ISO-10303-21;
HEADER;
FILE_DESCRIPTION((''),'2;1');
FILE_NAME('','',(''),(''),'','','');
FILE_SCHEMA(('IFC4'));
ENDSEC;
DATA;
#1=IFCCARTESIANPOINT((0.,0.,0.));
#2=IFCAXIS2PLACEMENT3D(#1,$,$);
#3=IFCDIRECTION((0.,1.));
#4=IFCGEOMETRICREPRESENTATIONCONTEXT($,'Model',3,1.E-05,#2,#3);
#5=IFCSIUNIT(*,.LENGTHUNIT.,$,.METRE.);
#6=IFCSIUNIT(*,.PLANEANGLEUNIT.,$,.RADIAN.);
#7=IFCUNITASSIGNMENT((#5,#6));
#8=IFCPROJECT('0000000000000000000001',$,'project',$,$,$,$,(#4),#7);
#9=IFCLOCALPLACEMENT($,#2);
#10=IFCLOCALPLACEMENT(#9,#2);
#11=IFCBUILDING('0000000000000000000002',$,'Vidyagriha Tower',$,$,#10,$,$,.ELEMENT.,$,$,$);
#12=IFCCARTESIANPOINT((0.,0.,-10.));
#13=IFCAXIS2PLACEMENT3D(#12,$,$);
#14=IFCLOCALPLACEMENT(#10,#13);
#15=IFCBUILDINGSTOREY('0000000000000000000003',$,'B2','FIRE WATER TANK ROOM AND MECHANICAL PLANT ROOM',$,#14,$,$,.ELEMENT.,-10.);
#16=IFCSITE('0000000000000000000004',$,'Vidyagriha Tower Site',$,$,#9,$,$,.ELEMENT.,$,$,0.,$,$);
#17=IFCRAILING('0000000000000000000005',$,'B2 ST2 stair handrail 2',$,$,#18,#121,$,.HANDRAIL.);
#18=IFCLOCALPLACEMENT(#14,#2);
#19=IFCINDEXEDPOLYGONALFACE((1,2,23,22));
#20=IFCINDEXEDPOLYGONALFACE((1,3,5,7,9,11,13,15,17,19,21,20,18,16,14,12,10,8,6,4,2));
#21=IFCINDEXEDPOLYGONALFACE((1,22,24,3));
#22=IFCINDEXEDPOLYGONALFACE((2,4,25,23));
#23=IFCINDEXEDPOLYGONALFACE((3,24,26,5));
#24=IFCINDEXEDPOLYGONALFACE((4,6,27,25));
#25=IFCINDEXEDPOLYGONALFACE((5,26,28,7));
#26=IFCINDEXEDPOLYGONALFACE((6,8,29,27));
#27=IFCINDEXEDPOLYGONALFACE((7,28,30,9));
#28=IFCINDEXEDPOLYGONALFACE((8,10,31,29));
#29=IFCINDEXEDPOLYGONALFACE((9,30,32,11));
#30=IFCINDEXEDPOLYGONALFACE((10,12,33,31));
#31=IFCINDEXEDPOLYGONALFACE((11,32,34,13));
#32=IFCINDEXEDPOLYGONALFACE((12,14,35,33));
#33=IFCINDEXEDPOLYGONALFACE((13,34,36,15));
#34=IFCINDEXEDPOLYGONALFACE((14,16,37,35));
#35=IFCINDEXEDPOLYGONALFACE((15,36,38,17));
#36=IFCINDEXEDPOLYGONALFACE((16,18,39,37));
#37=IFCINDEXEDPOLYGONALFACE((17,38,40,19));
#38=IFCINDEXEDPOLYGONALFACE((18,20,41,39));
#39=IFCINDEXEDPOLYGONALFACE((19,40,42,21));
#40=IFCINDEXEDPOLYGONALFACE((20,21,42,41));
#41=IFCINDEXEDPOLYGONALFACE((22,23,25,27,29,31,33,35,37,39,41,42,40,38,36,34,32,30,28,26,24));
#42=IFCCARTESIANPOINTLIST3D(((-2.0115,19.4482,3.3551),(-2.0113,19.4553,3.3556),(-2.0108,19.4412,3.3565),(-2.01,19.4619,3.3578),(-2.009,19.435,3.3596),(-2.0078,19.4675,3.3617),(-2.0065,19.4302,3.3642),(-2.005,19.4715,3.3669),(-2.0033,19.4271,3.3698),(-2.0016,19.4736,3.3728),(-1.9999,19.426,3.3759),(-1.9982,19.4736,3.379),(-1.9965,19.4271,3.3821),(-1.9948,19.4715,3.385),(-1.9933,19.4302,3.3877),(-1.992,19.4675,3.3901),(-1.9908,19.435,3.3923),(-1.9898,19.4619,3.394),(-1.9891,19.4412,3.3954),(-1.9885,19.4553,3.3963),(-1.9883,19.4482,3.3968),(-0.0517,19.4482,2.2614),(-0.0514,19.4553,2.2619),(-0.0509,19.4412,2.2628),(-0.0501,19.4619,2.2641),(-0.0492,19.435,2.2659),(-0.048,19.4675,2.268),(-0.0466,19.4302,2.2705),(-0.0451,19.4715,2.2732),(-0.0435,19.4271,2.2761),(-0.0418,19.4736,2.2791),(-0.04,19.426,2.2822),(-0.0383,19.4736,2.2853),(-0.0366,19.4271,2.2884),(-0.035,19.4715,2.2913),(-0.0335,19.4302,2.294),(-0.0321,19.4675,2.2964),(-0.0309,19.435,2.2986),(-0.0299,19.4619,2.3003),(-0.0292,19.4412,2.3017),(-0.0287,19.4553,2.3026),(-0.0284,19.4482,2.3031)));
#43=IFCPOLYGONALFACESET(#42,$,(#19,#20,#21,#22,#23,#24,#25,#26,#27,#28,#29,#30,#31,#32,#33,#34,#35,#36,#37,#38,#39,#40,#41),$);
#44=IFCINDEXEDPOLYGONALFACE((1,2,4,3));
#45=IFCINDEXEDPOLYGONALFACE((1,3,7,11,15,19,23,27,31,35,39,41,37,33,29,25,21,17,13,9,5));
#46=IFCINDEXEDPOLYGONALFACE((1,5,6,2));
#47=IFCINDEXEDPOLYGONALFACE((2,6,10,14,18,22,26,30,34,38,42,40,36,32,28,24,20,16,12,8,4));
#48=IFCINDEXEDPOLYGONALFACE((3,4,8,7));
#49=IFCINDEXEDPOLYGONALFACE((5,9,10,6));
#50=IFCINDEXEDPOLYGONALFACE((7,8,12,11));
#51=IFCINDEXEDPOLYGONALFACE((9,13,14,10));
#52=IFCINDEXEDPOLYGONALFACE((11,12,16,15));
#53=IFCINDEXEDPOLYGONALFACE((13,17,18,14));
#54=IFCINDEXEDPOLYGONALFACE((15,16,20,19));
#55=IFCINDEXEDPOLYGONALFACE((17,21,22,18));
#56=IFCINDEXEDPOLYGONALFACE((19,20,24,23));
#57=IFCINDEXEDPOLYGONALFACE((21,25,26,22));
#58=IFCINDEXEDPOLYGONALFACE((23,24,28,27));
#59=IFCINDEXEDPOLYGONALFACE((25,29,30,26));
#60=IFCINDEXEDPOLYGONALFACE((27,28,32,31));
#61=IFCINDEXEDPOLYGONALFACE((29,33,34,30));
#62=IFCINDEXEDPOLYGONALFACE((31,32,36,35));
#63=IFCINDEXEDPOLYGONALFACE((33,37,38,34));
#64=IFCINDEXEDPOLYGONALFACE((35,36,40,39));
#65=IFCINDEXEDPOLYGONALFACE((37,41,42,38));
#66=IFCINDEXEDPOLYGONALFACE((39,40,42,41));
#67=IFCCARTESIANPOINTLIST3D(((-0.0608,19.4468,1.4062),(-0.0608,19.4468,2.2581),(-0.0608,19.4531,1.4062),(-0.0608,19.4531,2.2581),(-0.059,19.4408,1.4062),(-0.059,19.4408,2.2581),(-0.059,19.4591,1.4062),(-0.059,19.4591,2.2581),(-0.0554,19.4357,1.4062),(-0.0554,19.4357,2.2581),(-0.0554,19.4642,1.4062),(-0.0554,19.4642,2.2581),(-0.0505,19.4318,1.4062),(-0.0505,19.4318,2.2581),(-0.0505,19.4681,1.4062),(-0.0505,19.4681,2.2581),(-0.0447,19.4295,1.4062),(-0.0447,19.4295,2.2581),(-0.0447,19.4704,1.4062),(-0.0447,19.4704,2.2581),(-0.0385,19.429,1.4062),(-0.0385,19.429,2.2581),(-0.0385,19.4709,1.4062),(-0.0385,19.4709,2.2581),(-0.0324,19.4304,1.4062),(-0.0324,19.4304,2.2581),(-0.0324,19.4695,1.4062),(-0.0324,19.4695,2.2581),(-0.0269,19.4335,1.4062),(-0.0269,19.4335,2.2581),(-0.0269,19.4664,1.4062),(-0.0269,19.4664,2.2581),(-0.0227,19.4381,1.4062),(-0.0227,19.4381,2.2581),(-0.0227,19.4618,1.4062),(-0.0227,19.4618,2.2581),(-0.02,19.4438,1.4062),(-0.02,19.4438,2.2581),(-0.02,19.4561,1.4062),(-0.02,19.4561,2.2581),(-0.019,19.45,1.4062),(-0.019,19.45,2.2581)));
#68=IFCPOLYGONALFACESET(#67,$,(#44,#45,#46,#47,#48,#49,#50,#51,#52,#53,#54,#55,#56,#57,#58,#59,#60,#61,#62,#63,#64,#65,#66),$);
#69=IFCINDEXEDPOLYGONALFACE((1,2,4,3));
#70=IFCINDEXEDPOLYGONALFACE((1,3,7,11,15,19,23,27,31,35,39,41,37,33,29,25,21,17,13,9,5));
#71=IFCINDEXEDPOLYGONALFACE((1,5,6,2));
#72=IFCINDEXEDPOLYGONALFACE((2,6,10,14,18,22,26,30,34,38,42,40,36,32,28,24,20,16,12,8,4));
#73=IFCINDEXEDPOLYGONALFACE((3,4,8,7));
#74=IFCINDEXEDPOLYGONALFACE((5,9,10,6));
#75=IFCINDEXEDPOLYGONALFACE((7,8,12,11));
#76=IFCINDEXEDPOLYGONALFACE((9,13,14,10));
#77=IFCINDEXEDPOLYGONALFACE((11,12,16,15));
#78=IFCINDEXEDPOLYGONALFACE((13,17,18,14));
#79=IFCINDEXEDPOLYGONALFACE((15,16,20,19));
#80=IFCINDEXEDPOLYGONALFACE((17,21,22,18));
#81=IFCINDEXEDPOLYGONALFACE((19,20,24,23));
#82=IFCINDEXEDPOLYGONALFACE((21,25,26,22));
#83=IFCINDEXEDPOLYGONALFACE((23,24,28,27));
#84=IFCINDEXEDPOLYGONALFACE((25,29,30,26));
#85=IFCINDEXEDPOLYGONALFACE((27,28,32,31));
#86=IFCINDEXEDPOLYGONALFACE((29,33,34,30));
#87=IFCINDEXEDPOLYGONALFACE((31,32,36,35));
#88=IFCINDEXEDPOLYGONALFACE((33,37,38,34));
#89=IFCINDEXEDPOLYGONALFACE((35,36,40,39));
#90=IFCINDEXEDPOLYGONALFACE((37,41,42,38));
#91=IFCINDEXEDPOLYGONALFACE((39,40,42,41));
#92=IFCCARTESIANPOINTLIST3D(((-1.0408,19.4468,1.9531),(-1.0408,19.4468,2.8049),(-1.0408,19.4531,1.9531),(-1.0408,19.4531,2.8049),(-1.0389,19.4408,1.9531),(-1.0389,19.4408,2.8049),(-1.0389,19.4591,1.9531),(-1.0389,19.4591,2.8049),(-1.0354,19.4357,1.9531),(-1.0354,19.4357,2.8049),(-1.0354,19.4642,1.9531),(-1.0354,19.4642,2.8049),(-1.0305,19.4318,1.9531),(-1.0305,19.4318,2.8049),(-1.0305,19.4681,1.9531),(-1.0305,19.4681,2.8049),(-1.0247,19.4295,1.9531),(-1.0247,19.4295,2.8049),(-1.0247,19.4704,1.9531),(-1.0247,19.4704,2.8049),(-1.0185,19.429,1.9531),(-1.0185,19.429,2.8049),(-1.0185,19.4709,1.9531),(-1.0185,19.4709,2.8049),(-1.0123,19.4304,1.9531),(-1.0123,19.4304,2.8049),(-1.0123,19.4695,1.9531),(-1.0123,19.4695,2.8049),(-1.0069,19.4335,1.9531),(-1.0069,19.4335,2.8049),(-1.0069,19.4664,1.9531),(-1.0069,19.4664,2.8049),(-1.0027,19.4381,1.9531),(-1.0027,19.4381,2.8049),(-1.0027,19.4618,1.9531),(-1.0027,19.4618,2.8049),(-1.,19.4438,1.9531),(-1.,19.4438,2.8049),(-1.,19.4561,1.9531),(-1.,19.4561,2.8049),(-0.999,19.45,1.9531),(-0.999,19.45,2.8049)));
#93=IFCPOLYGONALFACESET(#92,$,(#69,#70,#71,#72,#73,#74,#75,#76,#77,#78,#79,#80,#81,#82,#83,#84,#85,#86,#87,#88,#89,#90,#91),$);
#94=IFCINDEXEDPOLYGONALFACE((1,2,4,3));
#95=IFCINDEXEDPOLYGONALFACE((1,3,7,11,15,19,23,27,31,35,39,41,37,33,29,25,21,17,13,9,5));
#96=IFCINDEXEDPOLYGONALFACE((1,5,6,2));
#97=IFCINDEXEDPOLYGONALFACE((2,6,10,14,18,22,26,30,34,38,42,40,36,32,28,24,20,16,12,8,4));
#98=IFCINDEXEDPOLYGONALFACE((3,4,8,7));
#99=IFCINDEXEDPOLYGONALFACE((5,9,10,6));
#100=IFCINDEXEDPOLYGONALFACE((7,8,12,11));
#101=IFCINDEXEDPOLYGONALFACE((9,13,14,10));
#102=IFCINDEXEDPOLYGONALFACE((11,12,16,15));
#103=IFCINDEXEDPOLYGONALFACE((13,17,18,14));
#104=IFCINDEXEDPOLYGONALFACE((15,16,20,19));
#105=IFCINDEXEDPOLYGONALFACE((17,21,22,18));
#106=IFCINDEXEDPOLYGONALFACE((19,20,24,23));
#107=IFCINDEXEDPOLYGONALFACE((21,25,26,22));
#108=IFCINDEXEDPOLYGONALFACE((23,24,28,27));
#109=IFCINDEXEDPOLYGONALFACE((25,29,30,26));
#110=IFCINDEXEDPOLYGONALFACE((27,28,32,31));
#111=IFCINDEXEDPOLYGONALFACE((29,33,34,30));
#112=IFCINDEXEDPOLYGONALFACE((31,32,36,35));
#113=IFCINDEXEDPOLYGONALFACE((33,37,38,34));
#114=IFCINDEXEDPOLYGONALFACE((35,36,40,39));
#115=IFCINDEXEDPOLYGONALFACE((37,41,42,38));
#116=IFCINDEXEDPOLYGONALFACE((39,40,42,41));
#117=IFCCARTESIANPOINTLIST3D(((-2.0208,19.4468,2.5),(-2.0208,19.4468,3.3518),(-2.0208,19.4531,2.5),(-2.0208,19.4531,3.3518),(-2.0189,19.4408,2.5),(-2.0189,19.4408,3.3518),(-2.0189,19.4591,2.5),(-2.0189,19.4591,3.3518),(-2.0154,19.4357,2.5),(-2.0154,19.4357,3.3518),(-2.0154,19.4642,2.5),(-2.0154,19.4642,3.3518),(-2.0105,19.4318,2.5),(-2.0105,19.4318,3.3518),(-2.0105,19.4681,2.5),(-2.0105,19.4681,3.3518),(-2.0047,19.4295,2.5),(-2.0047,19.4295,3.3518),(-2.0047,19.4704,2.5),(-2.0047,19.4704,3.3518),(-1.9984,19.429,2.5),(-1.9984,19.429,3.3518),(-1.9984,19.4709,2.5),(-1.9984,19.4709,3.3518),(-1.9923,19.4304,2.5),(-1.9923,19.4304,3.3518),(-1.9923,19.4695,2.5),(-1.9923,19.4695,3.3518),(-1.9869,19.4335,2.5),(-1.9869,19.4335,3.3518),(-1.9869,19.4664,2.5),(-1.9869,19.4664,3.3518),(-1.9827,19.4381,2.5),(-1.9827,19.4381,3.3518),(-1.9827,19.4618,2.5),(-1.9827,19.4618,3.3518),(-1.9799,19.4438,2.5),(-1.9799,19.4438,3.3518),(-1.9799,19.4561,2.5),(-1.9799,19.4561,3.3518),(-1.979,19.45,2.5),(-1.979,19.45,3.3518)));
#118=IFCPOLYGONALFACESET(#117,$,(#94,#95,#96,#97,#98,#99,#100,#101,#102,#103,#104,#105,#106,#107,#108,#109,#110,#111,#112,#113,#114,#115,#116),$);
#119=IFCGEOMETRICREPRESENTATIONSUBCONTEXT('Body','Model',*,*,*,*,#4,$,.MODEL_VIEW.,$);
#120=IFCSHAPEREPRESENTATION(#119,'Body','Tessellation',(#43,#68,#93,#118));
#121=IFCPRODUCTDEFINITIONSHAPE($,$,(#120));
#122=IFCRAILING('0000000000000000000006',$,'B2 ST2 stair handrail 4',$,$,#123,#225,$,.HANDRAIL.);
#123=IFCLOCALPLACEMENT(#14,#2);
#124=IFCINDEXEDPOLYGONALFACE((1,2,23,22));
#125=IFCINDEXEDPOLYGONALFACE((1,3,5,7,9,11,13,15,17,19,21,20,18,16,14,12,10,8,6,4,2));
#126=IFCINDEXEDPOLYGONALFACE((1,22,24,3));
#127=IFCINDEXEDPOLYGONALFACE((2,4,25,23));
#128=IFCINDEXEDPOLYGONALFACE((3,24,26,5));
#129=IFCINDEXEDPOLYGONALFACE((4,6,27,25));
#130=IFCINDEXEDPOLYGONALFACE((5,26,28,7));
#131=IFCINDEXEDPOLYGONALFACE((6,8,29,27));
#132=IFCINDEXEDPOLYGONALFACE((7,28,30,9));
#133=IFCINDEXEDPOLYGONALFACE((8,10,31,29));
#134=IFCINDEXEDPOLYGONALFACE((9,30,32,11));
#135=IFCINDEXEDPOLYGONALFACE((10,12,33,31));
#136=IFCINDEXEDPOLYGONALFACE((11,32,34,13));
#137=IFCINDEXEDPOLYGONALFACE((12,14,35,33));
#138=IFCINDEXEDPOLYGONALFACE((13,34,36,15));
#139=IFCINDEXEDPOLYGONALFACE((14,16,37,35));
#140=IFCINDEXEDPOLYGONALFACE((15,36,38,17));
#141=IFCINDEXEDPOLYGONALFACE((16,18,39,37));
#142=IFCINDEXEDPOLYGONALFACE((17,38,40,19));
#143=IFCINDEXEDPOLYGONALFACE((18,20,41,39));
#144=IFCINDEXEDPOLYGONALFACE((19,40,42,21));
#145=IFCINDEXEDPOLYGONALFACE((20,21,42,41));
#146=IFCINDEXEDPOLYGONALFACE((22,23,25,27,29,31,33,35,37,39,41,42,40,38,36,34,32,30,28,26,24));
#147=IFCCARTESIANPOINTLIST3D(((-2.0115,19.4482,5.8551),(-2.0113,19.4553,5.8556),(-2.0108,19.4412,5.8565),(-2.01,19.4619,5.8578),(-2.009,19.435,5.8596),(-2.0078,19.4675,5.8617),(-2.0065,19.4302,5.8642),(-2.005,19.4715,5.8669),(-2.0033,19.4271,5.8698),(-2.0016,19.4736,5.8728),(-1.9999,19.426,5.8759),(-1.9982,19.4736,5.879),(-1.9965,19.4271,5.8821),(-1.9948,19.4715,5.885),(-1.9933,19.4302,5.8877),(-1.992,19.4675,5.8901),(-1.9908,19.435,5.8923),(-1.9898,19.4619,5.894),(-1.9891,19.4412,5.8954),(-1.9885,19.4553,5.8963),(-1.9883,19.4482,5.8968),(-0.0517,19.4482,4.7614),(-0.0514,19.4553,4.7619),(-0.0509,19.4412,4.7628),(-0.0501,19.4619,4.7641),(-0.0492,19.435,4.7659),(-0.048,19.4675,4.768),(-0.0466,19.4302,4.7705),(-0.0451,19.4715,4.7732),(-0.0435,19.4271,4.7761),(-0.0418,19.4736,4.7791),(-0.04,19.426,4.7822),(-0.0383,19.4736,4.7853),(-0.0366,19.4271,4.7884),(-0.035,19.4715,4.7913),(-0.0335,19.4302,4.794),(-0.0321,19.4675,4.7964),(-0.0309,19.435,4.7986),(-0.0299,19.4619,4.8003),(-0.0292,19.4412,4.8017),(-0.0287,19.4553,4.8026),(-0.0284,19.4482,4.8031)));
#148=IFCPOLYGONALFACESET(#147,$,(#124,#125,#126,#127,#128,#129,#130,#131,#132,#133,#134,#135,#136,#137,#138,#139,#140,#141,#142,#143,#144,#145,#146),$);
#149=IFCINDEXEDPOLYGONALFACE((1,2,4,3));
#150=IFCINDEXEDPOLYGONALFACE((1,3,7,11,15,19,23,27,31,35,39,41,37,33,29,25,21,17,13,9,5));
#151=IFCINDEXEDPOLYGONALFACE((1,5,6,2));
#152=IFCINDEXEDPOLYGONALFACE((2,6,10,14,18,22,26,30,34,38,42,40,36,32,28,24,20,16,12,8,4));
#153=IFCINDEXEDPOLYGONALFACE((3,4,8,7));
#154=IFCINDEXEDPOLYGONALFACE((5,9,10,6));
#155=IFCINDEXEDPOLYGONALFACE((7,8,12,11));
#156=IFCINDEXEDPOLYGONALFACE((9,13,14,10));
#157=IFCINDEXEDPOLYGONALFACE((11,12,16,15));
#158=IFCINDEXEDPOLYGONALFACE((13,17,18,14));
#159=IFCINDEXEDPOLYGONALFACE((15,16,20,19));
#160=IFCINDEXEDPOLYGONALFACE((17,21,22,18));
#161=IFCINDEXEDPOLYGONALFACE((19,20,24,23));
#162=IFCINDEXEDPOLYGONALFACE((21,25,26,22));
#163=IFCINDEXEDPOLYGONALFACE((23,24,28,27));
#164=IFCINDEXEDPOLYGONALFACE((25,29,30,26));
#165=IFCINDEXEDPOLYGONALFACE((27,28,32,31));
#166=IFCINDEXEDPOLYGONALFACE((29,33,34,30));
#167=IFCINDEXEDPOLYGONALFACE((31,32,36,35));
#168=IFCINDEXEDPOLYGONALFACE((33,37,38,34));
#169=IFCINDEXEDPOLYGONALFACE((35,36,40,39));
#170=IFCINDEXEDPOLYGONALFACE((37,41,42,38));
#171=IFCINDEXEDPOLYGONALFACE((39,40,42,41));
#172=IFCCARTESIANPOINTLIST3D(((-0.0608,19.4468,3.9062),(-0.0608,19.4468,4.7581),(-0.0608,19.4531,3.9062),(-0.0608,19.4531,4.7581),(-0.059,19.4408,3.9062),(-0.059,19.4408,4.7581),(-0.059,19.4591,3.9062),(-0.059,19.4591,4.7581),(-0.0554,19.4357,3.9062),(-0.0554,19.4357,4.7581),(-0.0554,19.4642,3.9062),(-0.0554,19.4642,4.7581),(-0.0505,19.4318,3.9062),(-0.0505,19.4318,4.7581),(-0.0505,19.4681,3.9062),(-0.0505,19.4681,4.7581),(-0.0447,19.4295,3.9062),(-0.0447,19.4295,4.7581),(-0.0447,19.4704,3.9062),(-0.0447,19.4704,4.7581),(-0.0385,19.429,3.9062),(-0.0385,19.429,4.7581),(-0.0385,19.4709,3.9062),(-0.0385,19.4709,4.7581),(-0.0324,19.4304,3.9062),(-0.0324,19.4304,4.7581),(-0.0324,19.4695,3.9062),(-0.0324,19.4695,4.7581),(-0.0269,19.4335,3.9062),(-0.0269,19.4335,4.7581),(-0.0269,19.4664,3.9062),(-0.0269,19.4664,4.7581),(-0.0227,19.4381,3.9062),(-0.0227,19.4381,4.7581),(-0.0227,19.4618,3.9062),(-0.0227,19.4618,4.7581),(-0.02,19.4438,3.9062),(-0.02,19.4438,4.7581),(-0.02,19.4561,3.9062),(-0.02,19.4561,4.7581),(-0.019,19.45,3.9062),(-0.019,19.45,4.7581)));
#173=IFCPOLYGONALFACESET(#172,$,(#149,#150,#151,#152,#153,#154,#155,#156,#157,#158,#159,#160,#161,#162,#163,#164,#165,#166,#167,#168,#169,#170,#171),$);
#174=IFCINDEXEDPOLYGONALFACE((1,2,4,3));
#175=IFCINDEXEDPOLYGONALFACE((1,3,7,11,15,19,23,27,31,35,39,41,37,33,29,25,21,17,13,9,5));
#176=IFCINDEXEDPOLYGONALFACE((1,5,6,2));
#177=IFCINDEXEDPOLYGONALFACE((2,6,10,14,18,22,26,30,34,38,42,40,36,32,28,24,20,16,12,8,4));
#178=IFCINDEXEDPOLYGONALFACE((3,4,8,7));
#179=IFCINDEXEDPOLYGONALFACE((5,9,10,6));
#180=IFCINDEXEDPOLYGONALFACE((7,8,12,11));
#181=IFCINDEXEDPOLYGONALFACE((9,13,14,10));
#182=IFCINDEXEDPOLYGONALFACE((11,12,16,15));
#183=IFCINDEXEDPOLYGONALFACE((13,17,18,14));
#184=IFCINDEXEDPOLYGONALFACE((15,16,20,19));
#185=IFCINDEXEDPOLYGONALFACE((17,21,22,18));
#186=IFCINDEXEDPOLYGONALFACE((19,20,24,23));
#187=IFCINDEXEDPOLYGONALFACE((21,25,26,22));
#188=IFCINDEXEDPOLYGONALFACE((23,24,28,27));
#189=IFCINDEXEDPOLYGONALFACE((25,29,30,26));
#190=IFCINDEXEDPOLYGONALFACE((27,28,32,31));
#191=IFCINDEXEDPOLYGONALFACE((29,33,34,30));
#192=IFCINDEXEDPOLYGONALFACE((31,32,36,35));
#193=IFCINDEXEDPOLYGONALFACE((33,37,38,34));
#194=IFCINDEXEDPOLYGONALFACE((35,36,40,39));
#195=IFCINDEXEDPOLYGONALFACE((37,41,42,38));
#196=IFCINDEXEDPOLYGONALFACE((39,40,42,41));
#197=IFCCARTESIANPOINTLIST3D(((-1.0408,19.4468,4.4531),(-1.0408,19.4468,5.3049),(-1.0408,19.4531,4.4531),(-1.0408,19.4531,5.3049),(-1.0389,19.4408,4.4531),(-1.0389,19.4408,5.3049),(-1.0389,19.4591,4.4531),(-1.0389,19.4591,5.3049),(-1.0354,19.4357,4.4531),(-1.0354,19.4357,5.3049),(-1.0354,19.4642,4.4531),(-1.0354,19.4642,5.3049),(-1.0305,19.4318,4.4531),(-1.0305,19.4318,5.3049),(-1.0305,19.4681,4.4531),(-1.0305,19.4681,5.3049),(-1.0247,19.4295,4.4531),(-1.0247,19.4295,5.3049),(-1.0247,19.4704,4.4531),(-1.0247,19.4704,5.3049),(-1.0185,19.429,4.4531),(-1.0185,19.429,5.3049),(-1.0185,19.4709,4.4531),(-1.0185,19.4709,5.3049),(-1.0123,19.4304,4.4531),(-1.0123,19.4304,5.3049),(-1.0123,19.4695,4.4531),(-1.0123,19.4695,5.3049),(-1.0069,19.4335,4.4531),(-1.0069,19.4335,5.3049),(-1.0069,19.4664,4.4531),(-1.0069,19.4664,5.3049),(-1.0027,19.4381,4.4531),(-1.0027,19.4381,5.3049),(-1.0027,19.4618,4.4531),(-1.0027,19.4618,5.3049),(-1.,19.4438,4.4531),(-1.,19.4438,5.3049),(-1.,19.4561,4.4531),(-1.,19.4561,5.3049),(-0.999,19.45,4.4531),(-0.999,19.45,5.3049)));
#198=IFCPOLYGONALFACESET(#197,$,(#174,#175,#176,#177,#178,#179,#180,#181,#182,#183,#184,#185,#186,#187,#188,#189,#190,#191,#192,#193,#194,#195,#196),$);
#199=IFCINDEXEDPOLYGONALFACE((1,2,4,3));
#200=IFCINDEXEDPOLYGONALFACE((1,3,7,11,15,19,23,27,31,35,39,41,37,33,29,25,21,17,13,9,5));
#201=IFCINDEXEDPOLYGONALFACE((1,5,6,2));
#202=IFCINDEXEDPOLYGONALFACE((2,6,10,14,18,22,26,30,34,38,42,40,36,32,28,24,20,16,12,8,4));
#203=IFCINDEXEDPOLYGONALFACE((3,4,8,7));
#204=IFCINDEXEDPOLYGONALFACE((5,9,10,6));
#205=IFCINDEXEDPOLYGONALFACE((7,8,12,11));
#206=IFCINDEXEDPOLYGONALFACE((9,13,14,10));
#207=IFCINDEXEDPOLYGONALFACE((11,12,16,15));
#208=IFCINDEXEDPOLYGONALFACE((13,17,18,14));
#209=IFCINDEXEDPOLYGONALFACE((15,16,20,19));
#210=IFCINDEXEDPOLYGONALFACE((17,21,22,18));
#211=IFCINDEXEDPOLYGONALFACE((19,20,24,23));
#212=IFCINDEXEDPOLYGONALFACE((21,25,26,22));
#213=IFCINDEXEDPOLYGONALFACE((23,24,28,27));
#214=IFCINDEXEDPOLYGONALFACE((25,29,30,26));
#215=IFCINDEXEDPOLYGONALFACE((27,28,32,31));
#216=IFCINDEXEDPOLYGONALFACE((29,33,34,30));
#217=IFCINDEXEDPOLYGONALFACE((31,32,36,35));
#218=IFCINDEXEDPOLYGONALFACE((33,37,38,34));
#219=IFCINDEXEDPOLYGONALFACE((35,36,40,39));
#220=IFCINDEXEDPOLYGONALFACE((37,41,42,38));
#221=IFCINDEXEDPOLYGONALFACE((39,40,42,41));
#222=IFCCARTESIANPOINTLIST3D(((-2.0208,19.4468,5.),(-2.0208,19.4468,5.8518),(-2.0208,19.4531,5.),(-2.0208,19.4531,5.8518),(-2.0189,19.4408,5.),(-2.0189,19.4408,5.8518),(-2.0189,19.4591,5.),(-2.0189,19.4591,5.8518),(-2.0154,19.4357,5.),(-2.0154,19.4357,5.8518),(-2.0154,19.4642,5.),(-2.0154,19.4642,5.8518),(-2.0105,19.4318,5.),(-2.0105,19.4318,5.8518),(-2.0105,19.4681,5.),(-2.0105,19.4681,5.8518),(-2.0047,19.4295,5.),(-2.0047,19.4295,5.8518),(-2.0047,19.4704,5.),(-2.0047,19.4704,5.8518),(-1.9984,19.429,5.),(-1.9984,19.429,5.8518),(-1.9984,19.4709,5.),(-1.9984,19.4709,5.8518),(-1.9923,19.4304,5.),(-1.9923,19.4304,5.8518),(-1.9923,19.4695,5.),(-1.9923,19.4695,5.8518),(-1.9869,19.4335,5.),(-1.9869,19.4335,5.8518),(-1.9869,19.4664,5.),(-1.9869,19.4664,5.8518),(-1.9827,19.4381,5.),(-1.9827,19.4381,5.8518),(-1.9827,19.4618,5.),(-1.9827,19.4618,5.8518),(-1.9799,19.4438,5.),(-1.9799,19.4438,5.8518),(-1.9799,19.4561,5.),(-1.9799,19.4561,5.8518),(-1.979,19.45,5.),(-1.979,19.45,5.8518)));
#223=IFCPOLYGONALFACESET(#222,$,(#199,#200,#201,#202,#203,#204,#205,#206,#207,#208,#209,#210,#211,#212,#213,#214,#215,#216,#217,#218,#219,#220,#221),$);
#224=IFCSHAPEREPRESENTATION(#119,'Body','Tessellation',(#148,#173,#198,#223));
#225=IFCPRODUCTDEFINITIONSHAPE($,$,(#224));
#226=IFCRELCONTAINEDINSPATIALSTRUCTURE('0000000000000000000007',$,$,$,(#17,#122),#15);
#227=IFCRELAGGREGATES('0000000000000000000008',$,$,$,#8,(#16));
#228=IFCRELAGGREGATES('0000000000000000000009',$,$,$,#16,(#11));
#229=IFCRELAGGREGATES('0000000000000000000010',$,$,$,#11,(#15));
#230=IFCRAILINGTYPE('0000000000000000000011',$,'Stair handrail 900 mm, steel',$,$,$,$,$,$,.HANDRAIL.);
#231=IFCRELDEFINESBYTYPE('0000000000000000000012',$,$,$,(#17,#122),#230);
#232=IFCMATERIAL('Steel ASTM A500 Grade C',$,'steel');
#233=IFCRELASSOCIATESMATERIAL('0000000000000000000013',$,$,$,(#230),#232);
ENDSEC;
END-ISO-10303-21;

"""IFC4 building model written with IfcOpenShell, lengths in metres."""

from ifc_helpers import new_model, si_unit, direction, frame, origin, origin_2d, place, context, subcontext, project, spatial, circle, extrude, material, type_object, element, save


model = new_model("IFC4")

# Units and contexts
model_context = context("Model", 3, precision=1e-05, world=origin(), true_north=direction((0.0, 1.0)))
body_context = subcontext(model_context, "Body", "Model", "MODEL_VIEW")
ifc_project = project(units=[si_unit("LENGTHUNIT", "METRE"), si_unit("PLANEANGLEUNIT", "RADIAN")], contexts=[model_context])

# Site, building, storey
site_placement = place(None, origin())
site = spatial("IfcSite", under=ifc_project, at=site_placement, Name="Vidyagriha Tower Site", CompositionType="ELEMENT", RefElevation=0.0)
building_placement = place(site_placement, origin())
building = spatial("IfcBuilding", under=site, at=building_placement, Name="Vidyagriha Tower", CompositionType="ELEMENT")
storey_placement = place(building_placement, frame((0.0, 0.0, -10.0)))
storey = spatial("IfcBuildingStorey", under=building, at=storey_placement, Name="B2", Description="FIRE WATER TANK ROOM AND MECHANICAL PLANT ROOM", CompositionType="ELEMENT", Elevation=-10.0)

# Railings
ifc_material_1 = material(Name="Steel ASTM A500 Grade C", Category="steel")
railing_type_1 = type_object("IfcRailingType", Name="Stair handrail 900 mm, steel", PredefinedType="HANDRAIL", material=ifc_material_1)
for number, where, name in (
    (1, (-0.04, 19.45, 1.4062), "B2 ST2 stair handrail 2"),
    (2, (-0.04, 19.45, 3.9062), "B2 ST2 stair handrail 4"),
):
    element("IfcRailing", number, at=place(storey_placement, frame(where)), inside=storey, type_object=railing_type_1, Name=name, PredefinedType="HANDRAIL", context=body_context, shape_type="SweptSolid", body=[
        extrude(circle(Radius=0.0239, at=origin_2d()), frame((0.0, 0.0, 0.876), z_axis=(-0.873232, 0.0, 0.487304), x_axis=(0.0, -1.0, 0.0)), (0.0, 0.0, 1.0), 2.2444),
        extrude(circle(Radius=0.021, at=origin_2d()), origin(), (0.0, 0.0, 1.0), 0.8518),
        extrude(circle(Radius=0.021, at=origin_2d()), frame((-0.98, 0.0, 0.5469)), (0.0, 0.0, 1.0), 0.8518),
        extrude(circle(Radius=0.021, at=origin_2d()), frame((-1.96, 0.0, 1.0938)), (0.0, 0.0, 1.0), 0.8518),
    ])

save(model, "model.ifc")
